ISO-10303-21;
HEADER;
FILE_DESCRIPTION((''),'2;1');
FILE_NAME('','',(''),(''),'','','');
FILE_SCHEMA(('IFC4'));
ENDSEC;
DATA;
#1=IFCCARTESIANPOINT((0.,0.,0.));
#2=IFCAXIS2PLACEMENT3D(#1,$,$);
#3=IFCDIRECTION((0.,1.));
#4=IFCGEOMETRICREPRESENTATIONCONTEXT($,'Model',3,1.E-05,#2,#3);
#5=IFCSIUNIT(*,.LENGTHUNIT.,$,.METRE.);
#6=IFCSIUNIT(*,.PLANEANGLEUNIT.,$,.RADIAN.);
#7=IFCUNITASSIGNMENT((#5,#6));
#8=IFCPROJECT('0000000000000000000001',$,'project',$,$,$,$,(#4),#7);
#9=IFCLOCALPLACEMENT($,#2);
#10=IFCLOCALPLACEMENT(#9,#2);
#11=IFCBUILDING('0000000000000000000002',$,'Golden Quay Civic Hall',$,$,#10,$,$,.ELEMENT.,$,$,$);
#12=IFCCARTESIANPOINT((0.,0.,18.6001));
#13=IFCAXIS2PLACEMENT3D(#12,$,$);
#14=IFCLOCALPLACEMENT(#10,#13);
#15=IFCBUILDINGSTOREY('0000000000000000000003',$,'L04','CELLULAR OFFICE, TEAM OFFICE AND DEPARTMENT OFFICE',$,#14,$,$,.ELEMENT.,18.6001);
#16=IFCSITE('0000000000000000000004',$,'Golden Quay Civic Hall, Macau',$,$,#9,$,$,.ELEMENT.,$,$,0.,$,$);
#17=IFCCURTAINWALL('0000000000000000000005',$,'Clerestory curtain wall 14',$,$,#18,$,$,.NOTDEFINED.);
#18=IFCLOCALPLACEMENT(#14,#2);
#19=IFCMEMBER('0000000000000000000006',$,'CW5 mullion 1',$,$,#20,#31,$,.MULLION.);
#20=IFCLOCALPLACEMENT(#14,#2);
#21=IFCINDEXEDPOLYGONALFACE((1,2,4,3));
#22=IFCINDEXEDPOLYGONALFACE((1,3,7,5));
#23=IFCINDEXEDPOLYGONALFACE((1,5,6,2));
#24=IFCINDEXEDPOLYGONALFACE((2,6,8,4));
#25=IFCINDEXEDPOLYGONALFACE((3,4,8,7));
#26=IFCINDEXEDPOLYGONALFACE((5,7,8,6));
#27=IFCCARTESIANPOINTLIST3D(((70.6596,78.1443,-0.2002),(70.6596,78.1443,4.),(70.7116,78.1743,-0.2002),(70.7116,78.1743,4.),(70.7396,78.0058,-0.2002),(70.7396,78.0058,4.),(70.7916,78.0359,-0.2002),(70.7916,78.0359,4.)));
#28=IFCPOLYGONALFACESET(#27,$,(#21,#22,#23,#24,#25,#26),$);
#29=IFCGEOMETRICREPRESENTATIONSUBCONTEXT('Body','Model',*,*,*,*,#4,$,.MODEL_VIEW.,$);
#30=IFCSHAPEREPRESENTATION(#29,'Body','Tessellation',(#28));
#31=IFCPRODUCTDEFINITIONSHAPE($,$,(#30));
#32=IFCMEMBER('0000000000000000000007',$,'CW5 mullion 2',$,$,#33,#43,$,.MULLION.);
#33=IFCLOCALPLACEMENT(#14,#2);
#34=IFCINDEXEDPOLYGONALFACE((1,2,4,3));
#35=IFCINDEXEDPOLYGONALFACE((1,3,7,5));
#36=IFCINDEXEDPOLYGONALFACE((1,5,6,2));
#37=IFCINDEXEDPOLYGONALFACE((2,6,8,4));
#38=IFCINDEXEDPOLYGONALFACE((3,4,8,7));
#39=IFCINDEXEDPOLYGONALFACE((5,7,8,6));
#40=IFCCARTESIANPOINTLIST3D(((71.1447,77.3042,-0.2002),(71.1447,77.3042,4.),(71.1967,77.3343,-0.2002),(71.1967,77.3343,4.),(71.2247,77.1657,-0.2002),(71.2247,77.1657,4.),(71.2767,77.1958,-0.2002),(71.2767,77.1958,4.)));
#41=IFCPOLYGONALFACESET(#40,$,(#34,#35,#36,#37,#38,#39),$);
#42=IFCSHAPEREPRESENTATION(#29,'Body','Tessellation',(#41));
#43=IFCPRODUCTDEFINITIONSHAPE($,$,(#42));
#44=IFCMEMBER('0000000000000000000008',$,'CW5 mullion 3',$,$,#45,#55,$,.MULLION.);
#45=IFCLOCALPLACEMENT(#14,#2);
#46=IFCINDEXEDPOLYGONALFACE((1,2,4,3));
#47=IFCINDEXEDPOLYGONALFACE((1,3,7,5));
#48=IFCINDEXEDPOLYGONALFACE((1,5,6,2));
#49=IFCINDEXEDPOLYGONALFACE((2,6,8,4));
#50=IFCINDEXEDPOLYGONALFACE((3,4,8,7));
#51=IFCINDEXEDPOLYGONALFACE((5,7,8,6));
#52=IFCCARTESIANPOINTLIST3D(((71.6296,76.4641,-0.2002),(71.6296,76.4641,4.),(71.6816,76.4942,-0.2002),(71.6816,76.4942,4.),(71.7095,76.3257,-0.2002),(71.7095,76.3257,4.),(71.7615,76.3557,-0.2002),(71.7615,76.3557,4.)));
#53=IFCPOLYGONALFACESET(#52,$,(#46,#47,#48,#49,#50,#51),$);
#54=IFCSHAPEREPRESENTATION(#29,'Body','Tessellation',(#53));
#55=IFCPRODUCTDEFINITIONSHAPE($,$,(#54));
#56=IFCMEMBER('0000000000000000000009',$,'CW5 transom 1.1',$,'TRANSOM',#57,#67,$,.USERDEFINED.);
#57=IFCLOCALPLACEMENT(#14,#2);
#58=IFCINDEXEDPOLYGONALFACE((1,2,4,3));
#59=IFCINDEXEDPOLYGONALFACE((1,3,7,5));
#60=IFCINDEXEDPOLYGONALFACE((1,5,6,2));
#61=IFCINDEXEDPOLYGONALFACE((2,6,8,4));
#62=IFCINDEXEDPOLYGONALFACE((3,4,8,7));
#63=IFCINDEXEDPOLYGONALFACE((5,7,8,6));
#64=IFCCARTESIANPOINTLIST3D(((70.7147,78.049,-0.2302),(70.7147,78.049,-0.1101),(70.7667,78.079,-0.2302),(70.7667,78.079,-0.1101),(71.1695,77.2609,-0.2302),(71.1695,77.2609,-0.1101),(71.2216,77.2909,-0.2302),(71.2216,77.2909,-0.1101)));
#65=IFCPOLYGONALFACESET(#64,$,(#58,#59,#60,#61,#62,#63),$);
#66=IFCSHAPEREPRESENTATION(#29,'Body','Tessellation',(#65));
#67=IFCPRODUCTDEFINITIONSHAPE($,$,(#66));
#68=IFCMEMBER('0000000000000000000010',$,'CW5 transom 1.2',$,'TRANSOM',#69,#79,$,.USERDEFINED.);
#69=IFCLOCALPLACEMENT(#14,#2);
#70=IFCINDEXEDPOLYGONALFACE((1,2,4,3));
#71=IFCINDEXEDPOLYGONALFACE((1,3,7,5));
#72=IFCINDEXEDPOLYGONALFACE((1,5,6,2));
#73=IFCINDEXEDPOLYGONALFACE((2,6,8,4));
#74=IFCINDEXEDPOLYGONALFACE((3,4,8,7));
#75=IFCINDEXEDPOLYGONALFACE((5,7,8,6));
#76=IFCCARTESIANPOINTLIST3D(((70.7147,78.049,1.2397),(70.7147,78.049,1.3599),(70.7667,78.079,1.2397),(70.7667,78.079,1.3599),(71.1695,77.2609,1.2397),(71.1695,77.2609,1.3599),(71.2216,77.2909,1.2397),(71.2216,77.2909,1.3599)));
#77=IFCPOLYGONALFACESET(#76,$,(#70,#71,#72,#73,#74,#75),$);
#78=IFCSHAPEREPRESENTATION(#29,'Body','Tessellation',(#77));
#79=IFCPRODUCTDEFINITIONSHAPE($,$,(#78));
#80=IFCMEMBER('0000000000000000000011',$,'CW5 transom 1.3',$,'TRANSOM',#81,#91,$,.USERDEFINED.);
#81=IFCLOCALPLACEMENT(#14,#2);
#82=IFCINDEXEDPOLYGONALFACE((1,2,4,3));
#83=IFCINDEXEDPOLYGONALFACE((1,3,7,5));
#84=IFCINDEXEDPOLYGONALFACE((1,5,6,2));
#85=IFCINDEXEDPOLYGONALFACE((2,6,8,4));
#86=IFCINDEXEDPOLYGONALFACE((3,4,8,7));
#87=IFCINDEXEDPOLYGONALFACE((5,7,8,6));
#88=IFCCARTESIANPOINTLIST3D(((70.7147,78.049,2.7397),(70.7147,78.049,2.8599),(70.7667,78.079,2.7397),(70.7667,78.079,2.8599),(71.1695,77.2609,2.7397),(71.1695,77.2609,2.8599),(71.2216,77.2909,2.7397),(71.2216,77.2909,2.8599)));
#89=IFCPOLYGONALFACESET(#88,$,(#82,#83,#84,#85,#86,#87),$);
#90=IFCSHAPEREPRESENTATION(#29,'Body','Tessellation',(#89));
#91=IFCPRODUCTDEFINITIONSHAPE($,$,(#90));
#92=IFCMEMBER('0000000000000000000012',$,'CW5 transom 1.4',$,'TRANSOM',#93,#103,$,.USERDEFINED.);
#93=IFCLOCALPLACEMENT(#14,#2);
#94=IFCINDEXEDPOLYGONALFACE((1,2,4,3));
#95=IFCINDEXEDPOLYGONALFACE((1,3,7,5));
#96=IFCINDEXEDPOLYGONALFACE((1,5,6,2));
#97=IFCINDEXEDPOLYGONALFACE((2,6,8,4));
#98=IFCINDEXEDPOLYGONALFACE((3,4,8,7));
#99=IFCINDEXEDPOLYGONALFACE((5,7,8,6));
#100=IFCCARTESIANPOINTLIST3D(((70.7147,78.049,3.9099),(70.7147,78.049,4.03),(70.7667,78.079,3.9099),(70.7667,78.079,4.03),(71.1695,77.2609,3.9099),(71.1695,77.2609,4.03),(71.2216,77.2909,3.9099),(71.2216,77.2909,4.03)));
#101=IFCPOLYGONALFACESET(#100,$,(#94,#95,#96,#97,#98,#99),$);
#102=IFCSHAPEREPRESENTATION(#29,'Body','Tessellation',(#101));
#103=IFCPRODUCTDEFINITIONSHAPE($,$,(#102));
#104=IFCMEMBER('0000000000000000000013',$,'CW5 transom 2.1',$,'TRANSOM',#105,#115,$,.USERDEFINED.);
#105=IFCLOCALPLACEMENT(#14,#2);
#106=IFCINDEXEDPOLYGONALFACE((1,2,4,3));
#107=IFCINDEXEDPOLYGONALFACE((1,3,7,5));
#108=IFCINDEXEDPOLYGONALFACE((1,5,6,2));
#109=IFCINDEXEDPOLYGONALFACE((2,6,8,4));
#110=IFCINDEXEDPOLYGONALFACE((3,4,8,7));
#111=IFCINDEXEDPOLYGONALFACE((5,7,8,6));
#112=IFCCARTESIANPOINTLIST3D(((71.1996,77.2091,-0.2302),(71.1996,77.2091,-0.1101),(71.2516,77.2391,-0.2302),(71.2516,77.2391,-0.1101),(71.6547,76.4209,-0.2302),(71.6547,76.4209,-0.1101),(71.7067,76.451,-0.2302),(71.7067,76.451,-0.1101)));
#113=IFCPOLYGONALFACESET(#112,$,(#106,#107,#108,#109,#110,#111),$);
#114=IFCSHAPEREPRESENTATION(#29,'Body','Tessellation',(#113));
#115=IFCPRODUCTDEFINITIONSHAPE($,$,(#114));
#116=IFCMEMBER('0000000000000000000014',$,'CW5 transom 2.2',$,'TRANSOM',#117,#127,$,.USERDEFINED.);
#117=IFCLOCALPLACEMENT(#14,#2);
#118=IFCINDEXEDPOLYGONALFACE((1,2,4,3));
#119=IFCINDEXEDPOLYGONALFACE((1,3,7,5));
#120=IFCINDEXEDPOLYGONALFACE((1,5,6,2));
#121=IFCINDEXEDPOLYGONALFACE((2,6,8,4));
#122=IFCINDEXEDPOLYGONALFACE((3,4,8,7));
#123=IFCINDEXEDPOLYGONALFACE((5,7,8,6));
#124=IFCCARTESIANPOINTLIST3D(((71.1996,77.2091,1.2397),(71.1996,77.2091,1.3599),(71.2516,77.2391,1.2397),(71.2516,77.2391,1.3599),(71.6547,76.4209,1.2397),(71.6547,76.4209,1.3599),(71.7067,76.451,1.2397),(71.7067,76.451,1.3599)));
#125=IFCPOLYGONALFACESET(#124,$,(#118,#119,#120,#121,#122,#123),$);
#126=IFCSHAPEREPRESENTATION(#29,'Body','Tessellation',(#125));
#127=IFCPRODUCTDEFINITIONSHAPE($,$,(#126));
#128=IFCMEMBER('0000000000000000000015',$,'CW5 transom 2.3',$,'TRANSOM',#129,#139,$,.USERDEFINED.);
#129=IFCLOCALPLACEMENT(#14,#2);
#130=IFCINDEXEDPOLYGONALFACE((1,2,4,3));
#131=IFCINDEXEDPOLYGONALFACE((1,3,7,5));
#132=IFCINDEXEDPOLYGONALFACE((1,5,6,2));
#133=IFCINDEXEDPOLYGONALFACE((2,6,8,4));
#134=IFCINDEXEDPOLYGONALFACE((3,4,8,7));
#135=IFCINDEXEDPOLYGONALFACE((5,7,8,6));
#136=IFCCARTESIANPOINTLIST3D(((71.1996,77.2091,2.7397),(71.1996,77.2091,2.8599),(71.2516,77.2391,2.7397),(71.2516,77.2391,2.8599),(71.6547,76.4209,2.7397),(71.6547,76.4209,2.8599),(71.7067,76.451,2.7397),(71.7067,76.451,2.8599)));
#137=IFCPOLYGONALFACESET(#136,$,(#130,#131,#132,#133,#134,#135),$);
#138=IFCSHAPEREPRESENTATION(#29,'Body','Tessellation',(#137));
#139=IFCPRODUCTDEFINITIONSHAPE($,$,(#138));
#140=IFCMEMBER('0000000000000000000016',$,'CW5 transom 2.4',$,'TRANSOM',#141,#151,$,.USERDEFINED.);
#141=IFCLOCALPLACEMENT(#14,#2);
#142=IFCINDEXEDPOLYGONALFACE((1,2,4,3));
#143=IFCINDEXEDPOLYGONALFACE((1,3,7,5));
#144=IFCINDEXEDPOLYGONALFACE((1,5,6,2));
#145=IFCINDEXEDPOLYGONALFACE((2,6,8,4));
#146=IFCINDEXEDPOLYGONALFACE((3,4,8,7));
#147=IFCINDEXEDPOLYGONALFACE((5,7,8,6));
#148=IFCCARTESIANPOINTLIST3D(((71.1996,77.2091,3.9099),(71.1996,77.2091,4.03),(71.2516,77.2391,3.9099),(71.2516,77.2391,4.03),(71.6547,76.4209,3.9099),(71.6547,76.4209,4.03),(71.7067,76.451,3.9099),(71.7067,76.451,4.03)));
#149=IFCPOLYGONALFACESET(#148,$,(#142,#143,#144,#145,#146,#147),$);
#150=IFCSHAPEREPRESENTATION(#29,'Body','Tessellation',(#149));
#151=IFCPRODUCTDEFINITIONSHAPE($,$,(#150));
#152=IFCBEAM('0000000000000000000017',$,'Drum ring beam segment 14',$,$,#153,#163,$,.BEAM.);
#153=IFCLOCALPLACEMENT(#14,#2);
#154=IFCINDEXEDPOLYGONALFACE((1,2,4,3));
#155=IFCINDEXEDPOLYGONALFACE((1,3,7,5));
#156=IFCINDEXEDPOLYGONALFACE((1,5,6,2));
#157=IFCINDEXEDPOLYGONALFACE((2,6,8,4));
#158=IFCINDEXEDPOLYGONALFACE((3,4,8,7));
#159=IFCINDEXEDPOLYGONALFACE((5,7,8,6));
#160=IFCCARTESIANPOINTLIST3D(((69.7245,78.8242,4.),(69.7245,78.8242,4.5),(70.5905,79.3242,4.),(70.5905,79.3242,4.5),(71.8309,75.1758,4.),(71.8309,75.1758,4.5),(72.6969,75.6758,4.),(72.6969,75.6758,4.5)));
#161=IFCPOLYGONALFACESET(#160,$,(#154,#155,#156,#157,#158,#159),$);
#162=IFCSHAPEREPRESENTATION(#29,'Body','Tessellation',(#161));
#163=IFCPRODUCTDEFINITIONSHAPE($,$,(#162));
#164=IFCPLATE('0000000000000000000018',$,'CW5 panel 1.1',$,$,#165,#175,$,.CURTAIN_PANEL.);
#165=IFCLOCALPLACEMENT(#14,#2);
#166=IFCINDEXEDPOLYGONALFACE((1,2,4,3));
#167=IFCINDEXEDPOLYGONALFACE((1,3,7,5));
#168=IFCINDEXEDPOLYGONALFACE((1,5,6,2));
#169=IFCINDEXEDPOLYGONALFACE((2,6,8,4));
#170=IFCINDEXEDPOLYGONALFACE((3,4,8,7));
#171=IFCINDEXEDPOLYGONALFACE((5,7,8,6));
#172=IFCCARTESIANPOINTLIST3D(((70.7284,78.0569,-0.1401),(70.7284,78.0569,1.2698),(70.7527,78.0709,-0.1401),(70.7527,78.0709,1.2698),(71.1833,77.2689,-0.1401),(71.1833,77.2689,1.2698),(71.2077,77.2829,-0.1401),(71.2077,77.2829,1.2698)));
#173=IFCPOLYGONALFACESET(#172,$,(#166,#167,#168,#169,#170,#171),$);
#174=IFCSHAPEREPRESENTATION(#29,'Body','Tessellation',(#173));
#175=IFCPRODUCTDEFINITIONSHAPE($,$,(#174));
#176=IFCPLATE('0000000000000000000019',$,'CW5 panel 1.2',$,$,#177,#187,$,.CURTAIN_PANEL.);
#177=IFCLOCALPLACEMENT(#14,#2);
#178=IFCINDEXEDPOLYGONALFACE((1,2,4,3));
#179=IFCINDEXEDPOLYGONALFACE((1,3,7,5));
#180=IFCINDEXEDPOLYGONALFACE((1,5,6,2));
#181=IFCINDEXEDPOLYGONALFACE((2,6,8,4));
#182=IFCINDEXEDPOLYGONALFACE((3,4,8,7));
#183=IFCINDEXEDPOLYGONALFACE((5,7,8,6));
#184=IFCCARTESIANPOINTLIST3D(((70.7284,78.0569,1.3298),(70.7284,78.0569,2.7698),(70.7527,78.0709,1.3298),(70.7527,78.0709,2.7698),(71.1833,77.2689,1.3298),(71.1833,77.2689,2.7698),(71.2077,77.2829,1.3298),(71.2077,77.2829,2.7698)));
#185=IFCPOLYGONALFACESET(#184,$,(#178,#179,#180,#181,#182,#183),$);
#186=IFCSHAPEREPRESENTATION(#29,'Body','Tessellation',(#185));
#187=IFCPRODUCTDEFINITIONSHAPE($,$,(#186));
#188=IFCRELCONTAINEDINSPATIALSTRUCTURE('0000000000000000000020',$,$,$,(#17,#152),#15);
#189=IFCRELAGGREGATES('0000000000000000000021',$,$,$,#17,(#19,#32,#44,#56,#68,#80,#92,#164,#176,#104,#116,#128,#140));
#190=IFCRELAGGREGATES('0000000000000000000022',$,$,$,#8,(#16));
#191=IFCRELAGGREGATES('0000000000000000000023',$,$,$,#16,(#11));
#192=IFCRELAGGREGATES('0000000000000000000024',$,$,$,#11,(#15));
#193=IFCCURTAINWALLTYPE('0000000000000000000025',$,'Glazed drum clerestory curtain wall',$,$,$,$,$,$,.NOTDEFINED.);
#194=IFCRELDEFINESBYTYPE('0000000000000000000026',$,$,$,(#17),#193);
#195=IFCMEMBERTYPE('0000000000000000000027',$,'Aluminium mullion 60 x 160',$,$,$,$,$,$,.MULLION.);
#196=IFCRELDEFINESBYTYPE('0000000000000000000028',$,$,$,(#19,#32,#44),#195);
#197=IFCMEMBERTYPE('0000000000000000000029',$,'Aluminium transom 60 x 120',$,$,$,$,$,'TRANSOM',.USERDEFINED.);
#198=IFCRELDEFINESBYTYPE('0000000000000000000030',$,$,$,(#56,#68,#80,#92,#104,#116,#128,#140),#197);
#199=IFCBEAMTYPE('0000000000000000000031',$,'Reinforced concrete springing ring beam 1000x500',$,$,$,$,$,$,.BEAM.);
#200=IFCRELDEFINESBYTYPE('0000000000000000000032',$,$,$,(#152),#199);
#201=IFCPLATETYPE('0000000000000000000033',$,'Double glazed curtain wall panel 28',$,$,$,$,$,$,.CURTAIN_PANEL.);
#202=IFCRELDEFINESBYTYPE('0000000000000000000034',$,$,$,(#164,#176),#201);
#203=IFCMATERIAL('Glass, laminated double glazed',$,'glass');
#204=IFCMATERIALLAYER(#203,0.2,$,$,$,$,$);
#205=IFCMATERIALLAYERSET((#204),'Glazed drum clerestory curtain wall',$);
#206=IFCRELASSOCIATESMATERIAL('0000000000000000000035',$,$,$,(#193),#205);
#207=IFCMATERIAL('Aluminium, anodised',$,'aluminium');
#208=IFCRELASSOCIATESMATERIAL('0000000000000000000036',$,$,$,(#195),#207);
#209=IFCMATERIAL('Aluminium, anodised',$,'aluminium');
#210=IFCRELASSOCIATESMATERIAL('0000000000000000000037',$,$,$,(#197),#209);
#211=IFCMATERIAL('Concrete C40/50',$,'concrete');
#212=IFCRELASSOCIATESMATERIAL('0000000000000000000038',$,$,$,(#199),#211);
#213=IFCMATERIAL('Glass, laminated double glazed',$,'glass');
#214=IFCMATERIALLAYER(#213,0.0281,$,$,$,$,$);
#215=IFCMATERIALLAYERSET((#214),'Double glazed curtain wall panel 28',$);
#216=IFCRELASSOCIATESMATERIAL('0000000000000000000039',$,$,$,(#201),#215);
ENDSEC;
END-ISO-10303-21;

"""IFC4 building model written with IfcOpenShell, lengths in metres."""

from ifc_helpers import new_model, si_unit, direction, frame, origin, origin_2d, place, context, subcontext, project, spatial, rectangle, extrude, material, layer, layer_set, material_profile, profile_set, type_object, element, aggregate, save


model = new_model("IFC4")

# Units and contexts
model_context = context("Model", 3, precision=1e-05, world=origin(), true_north=direction((0.0, 1.0)))
body_context = subcontext(model_context, "Body", "Model", "MODEL_VIEW")
ifc_project = project(units=[si_unit("LENGTHUNIT", "METRE"), si_unit("PLANEANGLEUNIT", "RADIAN")], contexts=[model_context])

# Site, building, storey
site_placement = place(None, origin())
site = spatial("IfcSite", under=ifc_project, at=site_placement, Name="Golden Quay Civic Hall, Macau", CompositionType="ELEMENT", RefElevation=0.0)
building_placement = place(site_placement, origin())
building = spatial("IfcBuilding", under=site, at=building_placement, Name="Golden Quay Civic Hall", CompositionType="ELEMENT")
storey_placement = place(building_placement, frame((0.0, 0.0, 18.6001)))
storey = spatial("IfcBuildingStorey", under=building, at=storey_placement, Name="L04", Description="CELLULAR OFFICE, TEAM OFFICE AND DEPARTMENT OFFICE", CompositionType="ELEMENT", Elevation=18.6001)

# Curtain wall, members
ifc_material_1 = material(Name="Glass, laminated double glazed", Category="glass")
ifc_layer_1 = layer(ifc_material_1, 0.2)
ifc_layer_set_1 = layer_set([ifc_layer_1], Name="Glazed drum clerestory curtain wall")
curtain_wall_type = type_object("IfcCurtainWallType", Name="Glazed drum clerestory curtain wall", PredefinedType="NOTDEFINED", material=ifc_layer_set_1)
curtain_wall_placement = place(storey_placement, origin())
curtain_wall = element("IfcCurtainWall", 1, at=curtain_wall_placement, inside=storey, type_object=curtain_wall_type, Name="Clerestory curtain wall 14", PredefinedType="NOTDEFINED")
ifc_material_2 = material(Name="Aluminium, anodised", Category="aluminium")
ifc_material_profile_1 = material_profile(ifc_material_2, rectangle(XDim=0.0601, YDim=0.1599, at=origin_2d()), Name="Aluminium 60 x 160")
ifc_profile_set_1 = profile_set([ifc_material_profile_1], Name="Aluminium, anodised")
member_type_1 = type_object("IfcMemberType", Name="Aluminium mullion 60 x 160", PredefinedType="MULLION", material=ifc_profile_set_1)
member_1_placement = place(storey_placement, frame((70.7256, 78.0901, -0.2002), z_axis=(0.0, 0.0, 1.0), x_axis=(0.866019, 0.500011, 0.0)))
member_1 = element("IfcMember", 2, at=member_1_placement, type_object=member_type_1, Name="CW5 mullion 1", PredefinedType="MULLION", context=body_context, shape_type="SweptSolid", body=[
    extrude(rectangle(XDim=0.0601, YDim=0.1599, at=origin_2d()), origin(), (0.0, 0.0, 1.0), 4.2002),
])
member_2_placement = place(storey_placement, frame((71.2107, 77.25, -0.2002), z_axis=(0.0, 0.0, 1.0), x_axis=(0.866019, 0.500011, 0.0)))
member_2 = element("IfcMember", 3, at=member_2_placement, type_object=member_type_1, Name="CW5 mullion 2", PredefinedType="MULLION", context=body_context, shape_type="SweptSolid", body=[
    extrude(rectangle(XDim=0.0601, YDim=0.1599, at=origin_2d()), origin(), (0.0, 0.0, 1.0), 4.2002),
])
member_3_placement = place(storey_placement, frame((71.6956, 76.4099, -0.2002), z_axis=(0.0, 0.0, 1.0), x_axis=(0.866019, 0.500011, 0.0)))
member_3 = element("IfcMember", 4, at=member_3_placement, type_object=member_type_1, Name="CW5 mullion 3", PredefinedType="MULLION", context=body_context, shape_type="SweptSolid", body=[
    extrude(rectangle(XDim=0.0601, YDim=0.1599, at=origin_2d()), origin(), (0.0, 0.0, 1.0), 4.2002),
])
ifc_material_3 = material(Name="Aluminium, anodised", Category="aluminium")
ifc_material_profile_2 = material_profile(ifc_material_3, rectangle(XDim=0.0601, YDim=0.1201, at=origin_2d()), Name="Aluminium 60 x 120")
ifc_profile_set_2 = profile_set([ifc_material_profile_2], Name="Aluminium, anodised")
member_type_2 = type_object("IfcMemberType", Name="Aluminium transom 60 x 120", ElementType="TRANSOM", PredefinedType="USERDEFINED", material=ifc_profile_set_2)
member_4_placement = place(storey_placement, frame((70.7407, 78.064, -0.1702), z_axis=(0.499862, -0.866105, 0.0), x_axis=(0.866105, 0.499862, 0.0)))
member_4 = element("IfcMember", 5, at=member_4_placement, type_object=member_type_2, Name="CW5 transom 1.1", ObjectType="TRANSOM", PredefinedType="USERDEFINED", context=body_context, shape_type="SweptSolid", body=[
    extrude(rectangle(XDim=0.0601, YDim=0.1201, at=origin_2d()), origin(), (0.0, 0.0, 1.0), 0.9099),
])
member_5_placement = place(storey_placement, frame((70.7407, 78.064, 1.2998), z_axis=(0.499862, -0.866105, 0.0), x_axis=(0.866105, 0.499862, 0.0)))
member_5 = element("IfcMember", 6, at=member_5_placement, type_object=member_type_2, Name="CW5 transom 1.2", ObjectType="TRANSOM", PredefinedType="USERDEFINED", context=body_context, shape_type="SweptSolid", body=[
    extrude(rectangle(XDim=0.0601, YDim=0.1201, at=origin_2d()), origin(), (0.0, 0.0, 1.0), 0.9099),
])
member_6_placement = place(storey_placement, frame((70.7407, 78.064, 2.7998), z_axis=(0.499862, -0.866105, 0.0), x_axis=(0.866105, 0.499862, 0.0)))
member_6 = element("IfcMember", 7, at=member_6_placement, type_object=member_type_2, Name="CW5 transom 1.3", ObjectType="TRANSOM", PredefinedType="USERDEFINED", context=body_context, shape_type="SweptSolid", body=[
    extrude(rectangle(XDim=0.0601, YDim=0.1201, at=origin_2d()), origin(), (0.0, 0.0, 1.0), 0.9099),
])
member_7_placement = place(storey_placement, frame((70.7407, 78.064, 3.97), z_axis=(0.499862, -0.866105, 0.0), x_axis=(0.866105, 0.499862, 0.0)))
member_7 = element("IfcMember", 8, at=member_7_placement, type_object=member_type_2, Name="CW5 transom 1.4", ObjectType="TRANSOM", PredefinedType="USERDEFINED", context=body_context, shape_type="SweptSolid", body=[
    extrude(rectangle(XDim=0.0601, YDim=0.1201, at=origin_2d()), origin(), (0.0, 0.0, 1.0), 0.9099),
])
member_8_placement = place(storey_placement, frame((71.2256, 77.2241, -0.1702), z_axis=(0.500063, -0.865989, 0.0), x_axis=(0.865989, 0.500063, 0.0)))
member_8 = element("IfcMember", 9, at=member_8_placement, type_object=member_type_2, Name="CW5 transom 2.1", ObjectType="TRANSOM", PredefinedType="USERDEFINED", context=body_context, shape_type="SweptSolid", body=[
    extrude(rectangle(XDim=0.0601, YDim=0.1201, at=origin_2d()), origin(), (0.0, 0.0, 1.0), 0.9102),
])
member_9_placement = place(storey_placement, frame((71.2256, 77.2241, 1.2998), z_axis=(0.500063, -0.865989, 0.0), x_axis=(0.865989, 0.500063, 0.0)))
member_9 = element("IfcMember", 10, at=member_9_placement, type_object=member_type_2, Name="CW5 transom 2.2", ObjectType="TRANSOM", PredefinedType="USERDEFINED", context=body_context, shape_type="SweptSolid", body=[
    extrude(rectangle(XDim=0.0601, YDim=0.1201, at=origin_2d()), origin(), (0.0, 0.0, 1.0), 0.9102),
])
member_10_placement = place(storey_placement, frame((71.2256, 77.2241, 2.7998), z_axis=(0.500063, -0.865989, 0.0), x_axis=(0.865989, 0.500063, 0.0)))
member_10 = element("IfcMember", 11, at=member_10_placement, type_object=member_type_2, Name="CW5 transom 2.3", ObjectType="TRANSOM", PredefinedType="USERDEFINED", context=body_context, shape_type="SweptSolid", body=[
    extrude(rectangle(XDim=0.0601, YDim=0.1201, at=origin_2d()), origin(), (0.0, 0.0, 1.0), 0.9102),
])
member_11_placement = place(storey_placement, frame((71.2256, 77.2241, 3.97), z_axis=(0.500063, -0.865989, 0.0), x_axis=(0.865989, 0.500063, 0.0)))
member_11 = element("IfcMember", 12, at=member_11_placement, type_object=member_type_2, Name="CW5 transom 2.4", ObjectType="TRANSOM", PredefinedType="USERDEFINED", context=body_context, shape_type="SweptSolid", body=[
    extrude(rectangle(XDim=0.0601, YDim=0.1201, at=origin_2d()), origin(), (0.0, 0.0, 1.0), 0.9102),
])

# Beam
ifc_material_4 = material(Name="Concrete C40/50", Category="concrete")
ifc_material_profile_3 = material_profile(ifc_material_4, rectangle(XDim=1.0, YDim=0.5, at=origin_2d()), Name="RC 1000x500")
ifc_profile_set_3 = profile_set([ifc_material_profile_3], Name="Concrete C40/50")
beam_type = type_object("IfcBeamType", Name="Reinforced concrete springing ring beam 1000x500", PredefinedType="BEAM", material=ifc_profile_set_3)
beam_placement = place(storey_placement, frame((70.1575, 79.0742, 4.25), z_axis=(0.500003, -0.866023, 0.0), x_axis=(0.866023, 0.500003, 0.0)))
element("IfcBeam", 13, at=beam_placement, inside=storey, type_object=beam_type, Name="Drum ring beam segment 14", PredefinedType="BEAM", context=body_context, shape_type="SweptSolid", body=[
    extrude(rectangle(XDim=1.0, YDim=0.5, at=origin_2d()), origin(), (0.0, 0.0, 1.0), 4.2129),
])

# Plates
ifc_material_5 = material(Name="Glass, laminated double glazed", Category="glass")
ifc_layer_2 = layer(ifc_material_5, 0.0281)
ifc_layer_set_2 = layer_set([ifc_layer_2], Name="Double glazed curtain wall panel 28")
plate_type = type_object("IfcPlateType", Name="Double glazed curtain wall panel 28", PredefinedType="CURTAIN_PANEL", material=ifc_layer_set_2)
plate_1_placement = place(storey_placement, frame((70.968, 77.6699, -0.1401), z_axis=(0.0, 0.0, 1.0), x_axis=(0.500011, -0.866019, 0.0)))
plate_1 = element("IfcPlate", 14, at=plate_1_placement, type_object=plate_type, Name="CW5 panel 1.1", PredefinedType="CURTAIN_PANEL", context=body_context, shape_type="SweptSolid", body=[
    extrude(rectangle(XDim=0.9099, YDim=0.0281, at=origin_2d()), origin(), (0.0, 0.0, 1.0), 1.4099),
])
plate_2_placement = place(storey_placement, frame((70.968, 77.6699, 1.3298), z_axis=(0.0, 0.0, 1.0), x_axis=(0.500011, -0.866019, 0.0)))
plate_2 = element("IfcPlate", 15, at=plate_2_placement, type_object=plate_type, Name="CW5 panel 1.2", PredefinedType="CURTAIN_PANEL", context=body_context, shape_type="SweptSolid", body=[
    extrude(rectangle(XDim=0.9099, YDim=0.0281, at=origin_2d()), origin(), (0.0, 0.0, 1.0), 1.4399),
])
aggregate(curtain_wall, [member_1, member_2, member_3, member_4, member_5, member_6, member_7, plate_1, plate_2, member_8, member_9, member_10, member_11])

save(model, "model.ifc")
